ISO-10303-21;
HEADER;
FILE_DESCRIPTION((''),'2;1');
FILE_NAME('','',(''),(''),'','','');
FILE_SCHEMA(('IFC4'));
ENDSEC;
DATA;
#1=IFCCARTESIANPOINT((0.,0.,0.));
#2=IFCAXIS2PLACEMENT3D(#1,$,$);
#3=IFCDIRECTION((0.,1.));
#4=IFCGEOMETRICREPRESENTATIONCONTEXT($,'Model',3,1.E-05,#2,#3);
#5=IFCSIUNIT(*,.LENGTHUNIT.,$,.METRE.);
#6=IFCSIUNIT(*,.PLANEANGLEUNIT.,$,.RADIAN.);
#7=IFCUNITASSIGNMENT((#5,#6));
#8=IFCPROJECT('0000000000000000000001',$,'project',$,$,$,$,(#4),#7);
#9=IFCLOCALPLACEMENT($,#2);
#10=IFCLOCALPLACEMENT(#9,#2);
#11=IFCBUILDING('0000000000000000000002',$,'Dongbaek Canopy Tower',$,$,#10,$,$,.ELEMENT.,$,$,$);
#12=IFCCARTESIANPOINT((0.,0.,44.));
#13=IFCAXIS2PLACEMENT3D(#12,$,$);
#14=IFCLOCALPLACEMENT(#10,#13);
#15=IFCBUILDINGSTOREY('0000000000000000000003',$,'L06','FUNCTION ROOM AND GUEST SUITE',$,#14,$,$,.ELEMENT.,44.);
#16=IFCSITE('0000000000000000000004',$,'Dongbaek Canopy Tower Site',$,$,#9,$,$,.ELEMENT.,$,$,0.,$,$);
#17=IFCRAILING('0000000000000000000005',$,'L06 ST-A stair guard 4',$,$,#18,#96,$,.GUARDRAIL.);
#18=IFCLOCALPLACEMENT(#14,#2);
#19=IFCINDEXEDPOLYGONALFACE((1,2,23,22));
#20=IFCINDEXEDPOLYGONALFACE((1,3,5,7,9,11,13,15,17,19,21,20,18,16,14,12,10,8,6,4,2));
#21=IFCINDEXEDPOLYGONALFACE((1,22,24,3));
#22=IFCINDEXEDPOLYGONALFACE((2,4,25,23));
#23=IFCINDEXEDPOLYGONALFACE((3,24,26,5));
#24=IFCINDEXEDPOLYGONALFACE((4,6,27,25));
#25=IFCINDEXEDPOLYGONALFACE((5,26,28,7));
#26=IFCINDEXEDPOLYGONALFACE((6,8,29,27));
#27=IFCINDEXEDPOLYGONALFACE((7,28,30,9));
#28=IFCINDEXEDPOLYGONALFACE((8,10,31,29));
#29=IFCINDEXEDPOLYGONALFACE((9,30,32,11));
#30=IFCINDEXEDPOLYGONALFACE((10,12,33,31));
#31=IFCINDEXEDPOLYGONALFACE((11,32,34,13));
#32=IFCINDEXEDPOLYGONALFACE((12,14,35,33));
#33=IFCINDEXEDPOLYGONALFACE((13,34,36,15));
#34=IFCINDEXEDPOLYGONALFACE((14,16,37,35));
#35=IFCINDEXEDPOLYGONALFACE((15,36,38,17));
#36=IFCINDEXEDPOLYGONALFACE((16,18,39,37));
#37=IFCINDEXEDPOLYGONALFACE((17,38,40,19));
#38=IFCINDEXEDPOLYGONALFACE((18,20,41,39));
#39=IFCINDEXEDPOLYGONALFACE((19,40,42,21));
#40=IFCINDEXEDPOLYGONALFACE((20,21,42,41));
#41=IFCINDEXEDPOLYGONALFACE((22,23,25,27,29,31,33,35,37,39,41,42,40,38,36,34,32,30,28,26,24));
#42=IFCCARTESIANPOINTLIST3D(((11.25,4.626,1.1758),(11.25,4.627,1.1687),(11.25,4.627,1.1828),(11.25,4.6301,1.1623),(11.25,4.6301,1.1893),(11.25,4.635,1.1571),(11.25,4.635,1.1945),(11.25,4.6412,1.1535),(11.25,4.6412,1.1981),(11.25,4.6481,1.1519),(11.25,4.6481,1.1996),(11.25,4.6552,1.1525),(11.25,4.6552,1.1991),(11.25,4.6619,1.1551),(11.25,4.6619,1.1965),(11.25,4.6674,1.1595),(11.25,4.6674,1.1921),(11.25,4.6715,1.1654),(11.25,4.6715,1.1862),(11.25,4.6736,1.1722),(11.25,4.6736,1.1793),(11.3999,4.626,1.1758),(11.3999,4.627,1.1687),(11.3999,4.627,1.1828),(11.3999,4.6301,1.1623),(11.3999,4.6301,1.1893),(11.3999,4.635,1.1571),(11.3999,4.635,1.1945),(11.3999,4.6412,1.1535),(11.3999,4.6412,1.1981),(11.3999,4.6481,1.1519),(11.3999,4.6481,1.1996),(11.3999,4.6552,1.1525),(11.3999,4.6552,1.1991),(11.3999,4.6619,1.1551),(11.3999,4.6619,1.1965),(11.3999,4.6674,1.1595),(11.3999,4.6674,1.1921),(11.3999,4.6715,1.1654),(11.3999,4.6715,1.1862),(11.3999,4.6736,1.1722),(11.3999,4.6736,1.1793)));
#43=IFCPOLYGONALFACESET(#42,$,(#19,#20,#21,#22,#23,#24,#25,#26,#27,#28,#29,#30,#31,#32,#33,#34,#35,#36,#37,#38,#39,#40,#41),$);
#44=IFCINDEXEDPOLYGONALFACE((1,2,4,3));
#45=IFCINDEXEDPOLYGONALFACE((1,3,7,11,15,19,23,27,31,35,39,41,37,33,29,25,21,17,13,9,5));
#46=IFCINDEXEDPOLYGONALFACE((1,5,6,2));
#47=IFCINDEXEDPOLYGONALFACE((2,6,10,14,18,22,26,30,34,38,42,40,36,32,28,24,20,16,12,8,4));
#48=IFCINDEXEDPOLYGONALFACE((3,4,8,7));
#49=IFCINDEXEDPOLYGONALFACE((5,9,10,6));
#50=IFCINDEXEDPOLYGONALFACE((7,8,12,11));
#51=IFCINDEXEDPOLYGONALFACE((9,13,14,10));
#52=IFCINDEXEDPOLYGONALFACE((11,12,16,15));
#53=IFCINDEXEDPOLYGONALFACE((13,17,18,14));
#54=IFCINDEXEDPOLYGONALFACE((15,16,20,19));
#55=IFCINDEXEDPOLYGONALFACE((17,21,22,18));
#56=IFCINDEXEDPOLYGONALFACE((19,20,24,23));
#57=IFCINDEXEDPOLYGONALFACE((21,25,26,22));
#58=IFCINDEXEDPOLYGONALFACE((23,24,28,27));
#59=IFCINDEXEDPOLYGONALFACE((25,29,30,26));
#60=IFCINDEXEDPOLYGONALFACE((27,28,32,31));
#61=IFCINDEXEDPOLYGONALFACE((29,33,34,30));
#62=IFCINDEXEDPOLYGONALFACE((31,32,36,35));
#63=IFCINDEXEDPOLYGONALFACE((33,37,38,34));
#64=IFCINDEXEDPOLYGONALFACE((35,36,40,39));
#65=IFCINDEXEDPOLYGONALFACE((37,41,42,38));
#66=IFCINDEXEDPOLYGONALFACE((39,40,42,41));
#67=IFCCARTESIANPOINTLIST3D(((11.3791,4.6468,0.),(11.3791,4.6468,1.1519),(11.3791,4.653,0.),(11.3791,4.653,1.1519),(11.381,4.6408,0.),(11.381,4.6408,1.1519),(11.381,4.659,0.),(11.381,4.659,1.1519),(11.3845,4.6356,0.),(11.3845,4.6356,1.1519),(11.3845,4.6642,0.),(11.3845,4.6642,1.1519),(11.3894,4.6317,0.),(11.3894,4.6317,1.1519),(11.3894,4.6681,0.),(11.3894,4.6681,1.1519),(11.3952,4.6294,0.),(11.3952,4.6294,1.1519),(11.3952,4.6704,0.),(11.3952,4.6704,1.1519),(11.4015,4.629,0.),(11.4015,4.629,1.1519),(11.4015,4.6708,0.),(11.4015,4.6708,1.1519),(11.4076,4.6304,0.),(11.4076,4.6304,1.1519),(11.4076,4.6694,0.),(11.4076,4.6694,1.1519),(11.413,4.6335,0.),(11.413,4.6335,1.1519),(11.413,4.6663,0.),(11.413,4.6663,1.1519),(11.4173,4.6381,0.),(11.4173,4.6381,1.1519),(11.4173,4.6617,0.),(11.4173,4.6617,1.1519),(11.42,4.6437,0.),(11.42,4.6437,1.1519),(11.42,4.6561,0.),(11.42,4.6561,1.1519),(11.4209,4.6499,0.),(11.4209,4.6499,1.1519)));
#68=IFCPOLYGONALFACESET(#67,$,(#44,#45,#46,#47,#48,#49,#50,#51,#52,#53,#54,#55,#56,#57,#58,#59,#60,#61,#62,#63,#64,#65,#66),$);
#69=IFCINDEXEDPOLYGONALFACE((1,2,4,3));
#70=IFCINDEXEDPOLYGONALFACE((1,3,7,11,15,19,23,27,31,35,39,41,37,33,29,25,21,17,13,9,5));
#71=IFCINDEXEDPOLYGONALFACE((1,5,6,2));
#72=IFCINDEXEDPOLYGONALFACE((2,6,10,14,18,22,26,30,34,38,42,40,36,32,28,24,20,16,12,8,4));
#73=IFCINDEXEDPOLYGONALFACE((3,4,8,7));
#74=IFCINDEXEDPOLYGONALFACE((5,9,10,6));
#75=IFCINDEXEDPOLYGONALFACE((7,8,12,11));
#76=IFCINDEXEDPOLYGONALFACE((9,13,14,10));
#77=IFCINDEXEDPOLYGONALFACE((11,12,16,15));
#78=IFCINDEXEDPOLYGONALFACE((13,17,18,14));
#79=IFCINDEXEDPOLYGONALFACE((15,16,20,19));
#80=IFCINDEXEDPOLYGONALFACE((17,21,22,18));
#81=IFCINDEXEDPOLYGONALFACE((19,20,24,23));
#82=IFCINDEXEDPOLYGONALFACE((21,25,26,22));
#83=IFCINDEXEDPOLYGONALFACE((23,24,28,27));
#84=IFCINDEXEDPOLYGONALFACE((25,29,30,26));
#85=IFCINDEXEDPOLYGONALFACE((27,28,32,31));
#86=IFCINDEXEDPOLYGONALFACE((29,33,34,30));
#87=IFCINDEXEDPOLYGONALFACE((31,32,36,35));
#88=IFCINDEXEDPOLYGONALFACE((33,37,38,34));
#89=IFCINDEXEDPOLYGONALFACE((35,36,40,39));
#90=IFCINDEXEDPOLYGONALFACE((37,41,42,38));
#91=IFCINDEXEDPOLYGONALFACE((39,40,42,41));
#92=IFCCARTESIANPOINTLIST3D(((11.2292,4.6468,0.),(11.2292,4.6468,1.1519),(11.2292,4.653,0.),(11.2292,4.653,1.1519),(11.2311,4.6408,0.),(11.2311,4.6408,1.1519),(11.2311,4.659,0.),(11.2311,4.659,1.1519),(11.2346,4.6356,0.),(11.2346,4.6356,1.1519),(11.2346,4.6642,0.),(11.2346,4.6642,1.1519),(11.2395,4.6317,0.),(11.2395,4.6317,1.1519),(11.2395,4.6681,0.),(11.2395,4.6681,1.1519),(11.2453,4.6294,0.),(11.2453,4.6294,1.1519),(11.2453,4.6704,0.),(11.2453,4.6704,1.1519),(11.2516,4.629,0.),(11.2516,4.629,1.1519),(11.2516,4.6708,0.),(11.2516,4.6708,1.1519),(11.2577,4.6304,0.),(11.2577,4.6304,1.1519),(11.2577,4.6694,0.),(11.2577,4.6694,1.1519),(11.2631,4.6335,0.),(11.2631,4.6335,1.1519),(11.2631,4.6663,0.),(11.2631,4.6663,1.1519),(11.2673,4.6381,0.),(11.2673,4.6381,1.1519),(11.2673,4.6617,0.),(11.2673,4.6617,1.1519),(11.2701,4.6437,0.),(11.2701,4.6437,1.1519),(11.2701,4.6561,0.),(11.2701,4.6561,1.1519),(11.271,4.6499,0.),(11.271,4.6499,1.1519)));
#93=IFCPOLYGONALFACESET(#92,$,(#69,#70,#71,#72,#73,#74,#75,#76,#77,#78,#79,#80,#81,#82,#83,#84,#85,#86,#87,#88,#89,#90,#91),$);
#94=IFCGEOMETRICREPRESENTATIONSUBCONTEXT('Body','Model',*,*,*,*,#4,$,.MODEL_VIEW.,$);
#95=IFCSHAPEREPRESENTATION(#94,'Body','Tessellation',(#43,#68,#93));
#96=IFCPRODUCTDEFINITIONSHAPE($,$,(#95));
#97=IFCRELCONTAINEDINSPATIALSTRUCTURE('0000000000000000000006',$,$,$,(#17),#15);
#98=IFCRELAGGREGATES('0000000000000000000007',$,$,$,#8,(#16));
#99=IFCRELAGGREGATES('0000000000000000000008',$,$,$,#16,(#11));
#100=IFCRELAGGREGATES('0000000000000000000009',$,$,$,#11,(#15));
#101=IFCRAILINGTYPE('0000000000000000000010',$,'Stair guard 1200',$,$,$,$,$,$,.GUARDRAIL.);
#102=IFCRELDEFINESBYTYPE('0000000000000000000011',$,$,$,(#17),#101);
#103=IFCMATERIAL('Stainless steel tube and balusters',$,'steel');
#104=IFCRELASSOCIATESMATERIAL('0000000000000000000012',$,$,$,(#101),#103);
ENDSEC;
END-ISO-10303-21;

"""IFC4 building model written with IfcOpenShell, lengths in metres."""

from ifc_helpers import new_model, si_unit, direction, frame, origin, origin_2d, place, context, subcontext, project, spatial, circle, extrude, material, type_object, element, save


model = new_model("IFC4")

# Units and contexts
model_context = context("Model", 3, precision=1e-05, world=origin(), true_north=direction((0.0, 1.0)))
body_context = subcontext(model_context, "Body", "Model", "MODEL_VIEW")
ifc_project = project(units=[si_unit("LENGTHUNIT", "METRE"), si_unit("PLANEANGLEUNIT", "RADIAN")], contexts=[model_context])

# Site, building, storey
site_placement = place(None, origin())
site = spatial("IfcSite", under=ifc_project, at=site_placement, Name="Dongbaek Canopy Tower Site", CompositionType="ELEMENT", RefElevation=0.0)
building_placement = place(site_placement, origin())
building = spatial("IfcBuilding", under=site, at=building_placement, Name="Dongbaek Canopy Tower", CompositionType="ELEMENT")
storey_placement = place(building_placement, frame((0.0, 0.0, 44.0)))
storey = spatial("IfcBuildingStorey", under=building, at=storey_placement, Name="L06", Description="FUNCTION ROOM AND GUEST SUITE", CompositionType="ELEMENT", Elevation=44.0)

# Railing
ifc_material_1 = material(Name="Stainless steel tube and balusters", Category="steel")
railing_type_1 = type_object("IfcRailingType", Name="Stair guard 1200", PredefinedType="GUARDRAIL", material=ifc_material_1)
railing_1_placement = place(storey_placement, frame((11.3999, 4.6499, 0.0)))
element("IfcRailing", 1, at=railing_1_placement, inside=storey, type_object=railing_type_1, Name="L06 ST-A stair guard 4", PredefinedType="GUARDRAIL", context=body_context, shape_type="SweptSolid", body=[
    extrude(circle(Radius=0.0239, at=origin_2d()), frame((0.0, 0.0, 1.1758), z_axis=(-1.0, 0.0, 0.0), x_axis=(0.0, -1.0, 0.0)), (0.0, 0.0, 1.0), 0.1499),
    extrude(circle(Radius=0.021, at=origin_2d()), origin(), (0.0, 0.0, 1.0), 1.1519),
    extrude(circle(Radius=0.021, at=origin_2d()), frame((-0.1499, 0.0, 0.0)), (0.0, 0.0, 1.0), 1.1519),
])

save(model, "model.ifc")
